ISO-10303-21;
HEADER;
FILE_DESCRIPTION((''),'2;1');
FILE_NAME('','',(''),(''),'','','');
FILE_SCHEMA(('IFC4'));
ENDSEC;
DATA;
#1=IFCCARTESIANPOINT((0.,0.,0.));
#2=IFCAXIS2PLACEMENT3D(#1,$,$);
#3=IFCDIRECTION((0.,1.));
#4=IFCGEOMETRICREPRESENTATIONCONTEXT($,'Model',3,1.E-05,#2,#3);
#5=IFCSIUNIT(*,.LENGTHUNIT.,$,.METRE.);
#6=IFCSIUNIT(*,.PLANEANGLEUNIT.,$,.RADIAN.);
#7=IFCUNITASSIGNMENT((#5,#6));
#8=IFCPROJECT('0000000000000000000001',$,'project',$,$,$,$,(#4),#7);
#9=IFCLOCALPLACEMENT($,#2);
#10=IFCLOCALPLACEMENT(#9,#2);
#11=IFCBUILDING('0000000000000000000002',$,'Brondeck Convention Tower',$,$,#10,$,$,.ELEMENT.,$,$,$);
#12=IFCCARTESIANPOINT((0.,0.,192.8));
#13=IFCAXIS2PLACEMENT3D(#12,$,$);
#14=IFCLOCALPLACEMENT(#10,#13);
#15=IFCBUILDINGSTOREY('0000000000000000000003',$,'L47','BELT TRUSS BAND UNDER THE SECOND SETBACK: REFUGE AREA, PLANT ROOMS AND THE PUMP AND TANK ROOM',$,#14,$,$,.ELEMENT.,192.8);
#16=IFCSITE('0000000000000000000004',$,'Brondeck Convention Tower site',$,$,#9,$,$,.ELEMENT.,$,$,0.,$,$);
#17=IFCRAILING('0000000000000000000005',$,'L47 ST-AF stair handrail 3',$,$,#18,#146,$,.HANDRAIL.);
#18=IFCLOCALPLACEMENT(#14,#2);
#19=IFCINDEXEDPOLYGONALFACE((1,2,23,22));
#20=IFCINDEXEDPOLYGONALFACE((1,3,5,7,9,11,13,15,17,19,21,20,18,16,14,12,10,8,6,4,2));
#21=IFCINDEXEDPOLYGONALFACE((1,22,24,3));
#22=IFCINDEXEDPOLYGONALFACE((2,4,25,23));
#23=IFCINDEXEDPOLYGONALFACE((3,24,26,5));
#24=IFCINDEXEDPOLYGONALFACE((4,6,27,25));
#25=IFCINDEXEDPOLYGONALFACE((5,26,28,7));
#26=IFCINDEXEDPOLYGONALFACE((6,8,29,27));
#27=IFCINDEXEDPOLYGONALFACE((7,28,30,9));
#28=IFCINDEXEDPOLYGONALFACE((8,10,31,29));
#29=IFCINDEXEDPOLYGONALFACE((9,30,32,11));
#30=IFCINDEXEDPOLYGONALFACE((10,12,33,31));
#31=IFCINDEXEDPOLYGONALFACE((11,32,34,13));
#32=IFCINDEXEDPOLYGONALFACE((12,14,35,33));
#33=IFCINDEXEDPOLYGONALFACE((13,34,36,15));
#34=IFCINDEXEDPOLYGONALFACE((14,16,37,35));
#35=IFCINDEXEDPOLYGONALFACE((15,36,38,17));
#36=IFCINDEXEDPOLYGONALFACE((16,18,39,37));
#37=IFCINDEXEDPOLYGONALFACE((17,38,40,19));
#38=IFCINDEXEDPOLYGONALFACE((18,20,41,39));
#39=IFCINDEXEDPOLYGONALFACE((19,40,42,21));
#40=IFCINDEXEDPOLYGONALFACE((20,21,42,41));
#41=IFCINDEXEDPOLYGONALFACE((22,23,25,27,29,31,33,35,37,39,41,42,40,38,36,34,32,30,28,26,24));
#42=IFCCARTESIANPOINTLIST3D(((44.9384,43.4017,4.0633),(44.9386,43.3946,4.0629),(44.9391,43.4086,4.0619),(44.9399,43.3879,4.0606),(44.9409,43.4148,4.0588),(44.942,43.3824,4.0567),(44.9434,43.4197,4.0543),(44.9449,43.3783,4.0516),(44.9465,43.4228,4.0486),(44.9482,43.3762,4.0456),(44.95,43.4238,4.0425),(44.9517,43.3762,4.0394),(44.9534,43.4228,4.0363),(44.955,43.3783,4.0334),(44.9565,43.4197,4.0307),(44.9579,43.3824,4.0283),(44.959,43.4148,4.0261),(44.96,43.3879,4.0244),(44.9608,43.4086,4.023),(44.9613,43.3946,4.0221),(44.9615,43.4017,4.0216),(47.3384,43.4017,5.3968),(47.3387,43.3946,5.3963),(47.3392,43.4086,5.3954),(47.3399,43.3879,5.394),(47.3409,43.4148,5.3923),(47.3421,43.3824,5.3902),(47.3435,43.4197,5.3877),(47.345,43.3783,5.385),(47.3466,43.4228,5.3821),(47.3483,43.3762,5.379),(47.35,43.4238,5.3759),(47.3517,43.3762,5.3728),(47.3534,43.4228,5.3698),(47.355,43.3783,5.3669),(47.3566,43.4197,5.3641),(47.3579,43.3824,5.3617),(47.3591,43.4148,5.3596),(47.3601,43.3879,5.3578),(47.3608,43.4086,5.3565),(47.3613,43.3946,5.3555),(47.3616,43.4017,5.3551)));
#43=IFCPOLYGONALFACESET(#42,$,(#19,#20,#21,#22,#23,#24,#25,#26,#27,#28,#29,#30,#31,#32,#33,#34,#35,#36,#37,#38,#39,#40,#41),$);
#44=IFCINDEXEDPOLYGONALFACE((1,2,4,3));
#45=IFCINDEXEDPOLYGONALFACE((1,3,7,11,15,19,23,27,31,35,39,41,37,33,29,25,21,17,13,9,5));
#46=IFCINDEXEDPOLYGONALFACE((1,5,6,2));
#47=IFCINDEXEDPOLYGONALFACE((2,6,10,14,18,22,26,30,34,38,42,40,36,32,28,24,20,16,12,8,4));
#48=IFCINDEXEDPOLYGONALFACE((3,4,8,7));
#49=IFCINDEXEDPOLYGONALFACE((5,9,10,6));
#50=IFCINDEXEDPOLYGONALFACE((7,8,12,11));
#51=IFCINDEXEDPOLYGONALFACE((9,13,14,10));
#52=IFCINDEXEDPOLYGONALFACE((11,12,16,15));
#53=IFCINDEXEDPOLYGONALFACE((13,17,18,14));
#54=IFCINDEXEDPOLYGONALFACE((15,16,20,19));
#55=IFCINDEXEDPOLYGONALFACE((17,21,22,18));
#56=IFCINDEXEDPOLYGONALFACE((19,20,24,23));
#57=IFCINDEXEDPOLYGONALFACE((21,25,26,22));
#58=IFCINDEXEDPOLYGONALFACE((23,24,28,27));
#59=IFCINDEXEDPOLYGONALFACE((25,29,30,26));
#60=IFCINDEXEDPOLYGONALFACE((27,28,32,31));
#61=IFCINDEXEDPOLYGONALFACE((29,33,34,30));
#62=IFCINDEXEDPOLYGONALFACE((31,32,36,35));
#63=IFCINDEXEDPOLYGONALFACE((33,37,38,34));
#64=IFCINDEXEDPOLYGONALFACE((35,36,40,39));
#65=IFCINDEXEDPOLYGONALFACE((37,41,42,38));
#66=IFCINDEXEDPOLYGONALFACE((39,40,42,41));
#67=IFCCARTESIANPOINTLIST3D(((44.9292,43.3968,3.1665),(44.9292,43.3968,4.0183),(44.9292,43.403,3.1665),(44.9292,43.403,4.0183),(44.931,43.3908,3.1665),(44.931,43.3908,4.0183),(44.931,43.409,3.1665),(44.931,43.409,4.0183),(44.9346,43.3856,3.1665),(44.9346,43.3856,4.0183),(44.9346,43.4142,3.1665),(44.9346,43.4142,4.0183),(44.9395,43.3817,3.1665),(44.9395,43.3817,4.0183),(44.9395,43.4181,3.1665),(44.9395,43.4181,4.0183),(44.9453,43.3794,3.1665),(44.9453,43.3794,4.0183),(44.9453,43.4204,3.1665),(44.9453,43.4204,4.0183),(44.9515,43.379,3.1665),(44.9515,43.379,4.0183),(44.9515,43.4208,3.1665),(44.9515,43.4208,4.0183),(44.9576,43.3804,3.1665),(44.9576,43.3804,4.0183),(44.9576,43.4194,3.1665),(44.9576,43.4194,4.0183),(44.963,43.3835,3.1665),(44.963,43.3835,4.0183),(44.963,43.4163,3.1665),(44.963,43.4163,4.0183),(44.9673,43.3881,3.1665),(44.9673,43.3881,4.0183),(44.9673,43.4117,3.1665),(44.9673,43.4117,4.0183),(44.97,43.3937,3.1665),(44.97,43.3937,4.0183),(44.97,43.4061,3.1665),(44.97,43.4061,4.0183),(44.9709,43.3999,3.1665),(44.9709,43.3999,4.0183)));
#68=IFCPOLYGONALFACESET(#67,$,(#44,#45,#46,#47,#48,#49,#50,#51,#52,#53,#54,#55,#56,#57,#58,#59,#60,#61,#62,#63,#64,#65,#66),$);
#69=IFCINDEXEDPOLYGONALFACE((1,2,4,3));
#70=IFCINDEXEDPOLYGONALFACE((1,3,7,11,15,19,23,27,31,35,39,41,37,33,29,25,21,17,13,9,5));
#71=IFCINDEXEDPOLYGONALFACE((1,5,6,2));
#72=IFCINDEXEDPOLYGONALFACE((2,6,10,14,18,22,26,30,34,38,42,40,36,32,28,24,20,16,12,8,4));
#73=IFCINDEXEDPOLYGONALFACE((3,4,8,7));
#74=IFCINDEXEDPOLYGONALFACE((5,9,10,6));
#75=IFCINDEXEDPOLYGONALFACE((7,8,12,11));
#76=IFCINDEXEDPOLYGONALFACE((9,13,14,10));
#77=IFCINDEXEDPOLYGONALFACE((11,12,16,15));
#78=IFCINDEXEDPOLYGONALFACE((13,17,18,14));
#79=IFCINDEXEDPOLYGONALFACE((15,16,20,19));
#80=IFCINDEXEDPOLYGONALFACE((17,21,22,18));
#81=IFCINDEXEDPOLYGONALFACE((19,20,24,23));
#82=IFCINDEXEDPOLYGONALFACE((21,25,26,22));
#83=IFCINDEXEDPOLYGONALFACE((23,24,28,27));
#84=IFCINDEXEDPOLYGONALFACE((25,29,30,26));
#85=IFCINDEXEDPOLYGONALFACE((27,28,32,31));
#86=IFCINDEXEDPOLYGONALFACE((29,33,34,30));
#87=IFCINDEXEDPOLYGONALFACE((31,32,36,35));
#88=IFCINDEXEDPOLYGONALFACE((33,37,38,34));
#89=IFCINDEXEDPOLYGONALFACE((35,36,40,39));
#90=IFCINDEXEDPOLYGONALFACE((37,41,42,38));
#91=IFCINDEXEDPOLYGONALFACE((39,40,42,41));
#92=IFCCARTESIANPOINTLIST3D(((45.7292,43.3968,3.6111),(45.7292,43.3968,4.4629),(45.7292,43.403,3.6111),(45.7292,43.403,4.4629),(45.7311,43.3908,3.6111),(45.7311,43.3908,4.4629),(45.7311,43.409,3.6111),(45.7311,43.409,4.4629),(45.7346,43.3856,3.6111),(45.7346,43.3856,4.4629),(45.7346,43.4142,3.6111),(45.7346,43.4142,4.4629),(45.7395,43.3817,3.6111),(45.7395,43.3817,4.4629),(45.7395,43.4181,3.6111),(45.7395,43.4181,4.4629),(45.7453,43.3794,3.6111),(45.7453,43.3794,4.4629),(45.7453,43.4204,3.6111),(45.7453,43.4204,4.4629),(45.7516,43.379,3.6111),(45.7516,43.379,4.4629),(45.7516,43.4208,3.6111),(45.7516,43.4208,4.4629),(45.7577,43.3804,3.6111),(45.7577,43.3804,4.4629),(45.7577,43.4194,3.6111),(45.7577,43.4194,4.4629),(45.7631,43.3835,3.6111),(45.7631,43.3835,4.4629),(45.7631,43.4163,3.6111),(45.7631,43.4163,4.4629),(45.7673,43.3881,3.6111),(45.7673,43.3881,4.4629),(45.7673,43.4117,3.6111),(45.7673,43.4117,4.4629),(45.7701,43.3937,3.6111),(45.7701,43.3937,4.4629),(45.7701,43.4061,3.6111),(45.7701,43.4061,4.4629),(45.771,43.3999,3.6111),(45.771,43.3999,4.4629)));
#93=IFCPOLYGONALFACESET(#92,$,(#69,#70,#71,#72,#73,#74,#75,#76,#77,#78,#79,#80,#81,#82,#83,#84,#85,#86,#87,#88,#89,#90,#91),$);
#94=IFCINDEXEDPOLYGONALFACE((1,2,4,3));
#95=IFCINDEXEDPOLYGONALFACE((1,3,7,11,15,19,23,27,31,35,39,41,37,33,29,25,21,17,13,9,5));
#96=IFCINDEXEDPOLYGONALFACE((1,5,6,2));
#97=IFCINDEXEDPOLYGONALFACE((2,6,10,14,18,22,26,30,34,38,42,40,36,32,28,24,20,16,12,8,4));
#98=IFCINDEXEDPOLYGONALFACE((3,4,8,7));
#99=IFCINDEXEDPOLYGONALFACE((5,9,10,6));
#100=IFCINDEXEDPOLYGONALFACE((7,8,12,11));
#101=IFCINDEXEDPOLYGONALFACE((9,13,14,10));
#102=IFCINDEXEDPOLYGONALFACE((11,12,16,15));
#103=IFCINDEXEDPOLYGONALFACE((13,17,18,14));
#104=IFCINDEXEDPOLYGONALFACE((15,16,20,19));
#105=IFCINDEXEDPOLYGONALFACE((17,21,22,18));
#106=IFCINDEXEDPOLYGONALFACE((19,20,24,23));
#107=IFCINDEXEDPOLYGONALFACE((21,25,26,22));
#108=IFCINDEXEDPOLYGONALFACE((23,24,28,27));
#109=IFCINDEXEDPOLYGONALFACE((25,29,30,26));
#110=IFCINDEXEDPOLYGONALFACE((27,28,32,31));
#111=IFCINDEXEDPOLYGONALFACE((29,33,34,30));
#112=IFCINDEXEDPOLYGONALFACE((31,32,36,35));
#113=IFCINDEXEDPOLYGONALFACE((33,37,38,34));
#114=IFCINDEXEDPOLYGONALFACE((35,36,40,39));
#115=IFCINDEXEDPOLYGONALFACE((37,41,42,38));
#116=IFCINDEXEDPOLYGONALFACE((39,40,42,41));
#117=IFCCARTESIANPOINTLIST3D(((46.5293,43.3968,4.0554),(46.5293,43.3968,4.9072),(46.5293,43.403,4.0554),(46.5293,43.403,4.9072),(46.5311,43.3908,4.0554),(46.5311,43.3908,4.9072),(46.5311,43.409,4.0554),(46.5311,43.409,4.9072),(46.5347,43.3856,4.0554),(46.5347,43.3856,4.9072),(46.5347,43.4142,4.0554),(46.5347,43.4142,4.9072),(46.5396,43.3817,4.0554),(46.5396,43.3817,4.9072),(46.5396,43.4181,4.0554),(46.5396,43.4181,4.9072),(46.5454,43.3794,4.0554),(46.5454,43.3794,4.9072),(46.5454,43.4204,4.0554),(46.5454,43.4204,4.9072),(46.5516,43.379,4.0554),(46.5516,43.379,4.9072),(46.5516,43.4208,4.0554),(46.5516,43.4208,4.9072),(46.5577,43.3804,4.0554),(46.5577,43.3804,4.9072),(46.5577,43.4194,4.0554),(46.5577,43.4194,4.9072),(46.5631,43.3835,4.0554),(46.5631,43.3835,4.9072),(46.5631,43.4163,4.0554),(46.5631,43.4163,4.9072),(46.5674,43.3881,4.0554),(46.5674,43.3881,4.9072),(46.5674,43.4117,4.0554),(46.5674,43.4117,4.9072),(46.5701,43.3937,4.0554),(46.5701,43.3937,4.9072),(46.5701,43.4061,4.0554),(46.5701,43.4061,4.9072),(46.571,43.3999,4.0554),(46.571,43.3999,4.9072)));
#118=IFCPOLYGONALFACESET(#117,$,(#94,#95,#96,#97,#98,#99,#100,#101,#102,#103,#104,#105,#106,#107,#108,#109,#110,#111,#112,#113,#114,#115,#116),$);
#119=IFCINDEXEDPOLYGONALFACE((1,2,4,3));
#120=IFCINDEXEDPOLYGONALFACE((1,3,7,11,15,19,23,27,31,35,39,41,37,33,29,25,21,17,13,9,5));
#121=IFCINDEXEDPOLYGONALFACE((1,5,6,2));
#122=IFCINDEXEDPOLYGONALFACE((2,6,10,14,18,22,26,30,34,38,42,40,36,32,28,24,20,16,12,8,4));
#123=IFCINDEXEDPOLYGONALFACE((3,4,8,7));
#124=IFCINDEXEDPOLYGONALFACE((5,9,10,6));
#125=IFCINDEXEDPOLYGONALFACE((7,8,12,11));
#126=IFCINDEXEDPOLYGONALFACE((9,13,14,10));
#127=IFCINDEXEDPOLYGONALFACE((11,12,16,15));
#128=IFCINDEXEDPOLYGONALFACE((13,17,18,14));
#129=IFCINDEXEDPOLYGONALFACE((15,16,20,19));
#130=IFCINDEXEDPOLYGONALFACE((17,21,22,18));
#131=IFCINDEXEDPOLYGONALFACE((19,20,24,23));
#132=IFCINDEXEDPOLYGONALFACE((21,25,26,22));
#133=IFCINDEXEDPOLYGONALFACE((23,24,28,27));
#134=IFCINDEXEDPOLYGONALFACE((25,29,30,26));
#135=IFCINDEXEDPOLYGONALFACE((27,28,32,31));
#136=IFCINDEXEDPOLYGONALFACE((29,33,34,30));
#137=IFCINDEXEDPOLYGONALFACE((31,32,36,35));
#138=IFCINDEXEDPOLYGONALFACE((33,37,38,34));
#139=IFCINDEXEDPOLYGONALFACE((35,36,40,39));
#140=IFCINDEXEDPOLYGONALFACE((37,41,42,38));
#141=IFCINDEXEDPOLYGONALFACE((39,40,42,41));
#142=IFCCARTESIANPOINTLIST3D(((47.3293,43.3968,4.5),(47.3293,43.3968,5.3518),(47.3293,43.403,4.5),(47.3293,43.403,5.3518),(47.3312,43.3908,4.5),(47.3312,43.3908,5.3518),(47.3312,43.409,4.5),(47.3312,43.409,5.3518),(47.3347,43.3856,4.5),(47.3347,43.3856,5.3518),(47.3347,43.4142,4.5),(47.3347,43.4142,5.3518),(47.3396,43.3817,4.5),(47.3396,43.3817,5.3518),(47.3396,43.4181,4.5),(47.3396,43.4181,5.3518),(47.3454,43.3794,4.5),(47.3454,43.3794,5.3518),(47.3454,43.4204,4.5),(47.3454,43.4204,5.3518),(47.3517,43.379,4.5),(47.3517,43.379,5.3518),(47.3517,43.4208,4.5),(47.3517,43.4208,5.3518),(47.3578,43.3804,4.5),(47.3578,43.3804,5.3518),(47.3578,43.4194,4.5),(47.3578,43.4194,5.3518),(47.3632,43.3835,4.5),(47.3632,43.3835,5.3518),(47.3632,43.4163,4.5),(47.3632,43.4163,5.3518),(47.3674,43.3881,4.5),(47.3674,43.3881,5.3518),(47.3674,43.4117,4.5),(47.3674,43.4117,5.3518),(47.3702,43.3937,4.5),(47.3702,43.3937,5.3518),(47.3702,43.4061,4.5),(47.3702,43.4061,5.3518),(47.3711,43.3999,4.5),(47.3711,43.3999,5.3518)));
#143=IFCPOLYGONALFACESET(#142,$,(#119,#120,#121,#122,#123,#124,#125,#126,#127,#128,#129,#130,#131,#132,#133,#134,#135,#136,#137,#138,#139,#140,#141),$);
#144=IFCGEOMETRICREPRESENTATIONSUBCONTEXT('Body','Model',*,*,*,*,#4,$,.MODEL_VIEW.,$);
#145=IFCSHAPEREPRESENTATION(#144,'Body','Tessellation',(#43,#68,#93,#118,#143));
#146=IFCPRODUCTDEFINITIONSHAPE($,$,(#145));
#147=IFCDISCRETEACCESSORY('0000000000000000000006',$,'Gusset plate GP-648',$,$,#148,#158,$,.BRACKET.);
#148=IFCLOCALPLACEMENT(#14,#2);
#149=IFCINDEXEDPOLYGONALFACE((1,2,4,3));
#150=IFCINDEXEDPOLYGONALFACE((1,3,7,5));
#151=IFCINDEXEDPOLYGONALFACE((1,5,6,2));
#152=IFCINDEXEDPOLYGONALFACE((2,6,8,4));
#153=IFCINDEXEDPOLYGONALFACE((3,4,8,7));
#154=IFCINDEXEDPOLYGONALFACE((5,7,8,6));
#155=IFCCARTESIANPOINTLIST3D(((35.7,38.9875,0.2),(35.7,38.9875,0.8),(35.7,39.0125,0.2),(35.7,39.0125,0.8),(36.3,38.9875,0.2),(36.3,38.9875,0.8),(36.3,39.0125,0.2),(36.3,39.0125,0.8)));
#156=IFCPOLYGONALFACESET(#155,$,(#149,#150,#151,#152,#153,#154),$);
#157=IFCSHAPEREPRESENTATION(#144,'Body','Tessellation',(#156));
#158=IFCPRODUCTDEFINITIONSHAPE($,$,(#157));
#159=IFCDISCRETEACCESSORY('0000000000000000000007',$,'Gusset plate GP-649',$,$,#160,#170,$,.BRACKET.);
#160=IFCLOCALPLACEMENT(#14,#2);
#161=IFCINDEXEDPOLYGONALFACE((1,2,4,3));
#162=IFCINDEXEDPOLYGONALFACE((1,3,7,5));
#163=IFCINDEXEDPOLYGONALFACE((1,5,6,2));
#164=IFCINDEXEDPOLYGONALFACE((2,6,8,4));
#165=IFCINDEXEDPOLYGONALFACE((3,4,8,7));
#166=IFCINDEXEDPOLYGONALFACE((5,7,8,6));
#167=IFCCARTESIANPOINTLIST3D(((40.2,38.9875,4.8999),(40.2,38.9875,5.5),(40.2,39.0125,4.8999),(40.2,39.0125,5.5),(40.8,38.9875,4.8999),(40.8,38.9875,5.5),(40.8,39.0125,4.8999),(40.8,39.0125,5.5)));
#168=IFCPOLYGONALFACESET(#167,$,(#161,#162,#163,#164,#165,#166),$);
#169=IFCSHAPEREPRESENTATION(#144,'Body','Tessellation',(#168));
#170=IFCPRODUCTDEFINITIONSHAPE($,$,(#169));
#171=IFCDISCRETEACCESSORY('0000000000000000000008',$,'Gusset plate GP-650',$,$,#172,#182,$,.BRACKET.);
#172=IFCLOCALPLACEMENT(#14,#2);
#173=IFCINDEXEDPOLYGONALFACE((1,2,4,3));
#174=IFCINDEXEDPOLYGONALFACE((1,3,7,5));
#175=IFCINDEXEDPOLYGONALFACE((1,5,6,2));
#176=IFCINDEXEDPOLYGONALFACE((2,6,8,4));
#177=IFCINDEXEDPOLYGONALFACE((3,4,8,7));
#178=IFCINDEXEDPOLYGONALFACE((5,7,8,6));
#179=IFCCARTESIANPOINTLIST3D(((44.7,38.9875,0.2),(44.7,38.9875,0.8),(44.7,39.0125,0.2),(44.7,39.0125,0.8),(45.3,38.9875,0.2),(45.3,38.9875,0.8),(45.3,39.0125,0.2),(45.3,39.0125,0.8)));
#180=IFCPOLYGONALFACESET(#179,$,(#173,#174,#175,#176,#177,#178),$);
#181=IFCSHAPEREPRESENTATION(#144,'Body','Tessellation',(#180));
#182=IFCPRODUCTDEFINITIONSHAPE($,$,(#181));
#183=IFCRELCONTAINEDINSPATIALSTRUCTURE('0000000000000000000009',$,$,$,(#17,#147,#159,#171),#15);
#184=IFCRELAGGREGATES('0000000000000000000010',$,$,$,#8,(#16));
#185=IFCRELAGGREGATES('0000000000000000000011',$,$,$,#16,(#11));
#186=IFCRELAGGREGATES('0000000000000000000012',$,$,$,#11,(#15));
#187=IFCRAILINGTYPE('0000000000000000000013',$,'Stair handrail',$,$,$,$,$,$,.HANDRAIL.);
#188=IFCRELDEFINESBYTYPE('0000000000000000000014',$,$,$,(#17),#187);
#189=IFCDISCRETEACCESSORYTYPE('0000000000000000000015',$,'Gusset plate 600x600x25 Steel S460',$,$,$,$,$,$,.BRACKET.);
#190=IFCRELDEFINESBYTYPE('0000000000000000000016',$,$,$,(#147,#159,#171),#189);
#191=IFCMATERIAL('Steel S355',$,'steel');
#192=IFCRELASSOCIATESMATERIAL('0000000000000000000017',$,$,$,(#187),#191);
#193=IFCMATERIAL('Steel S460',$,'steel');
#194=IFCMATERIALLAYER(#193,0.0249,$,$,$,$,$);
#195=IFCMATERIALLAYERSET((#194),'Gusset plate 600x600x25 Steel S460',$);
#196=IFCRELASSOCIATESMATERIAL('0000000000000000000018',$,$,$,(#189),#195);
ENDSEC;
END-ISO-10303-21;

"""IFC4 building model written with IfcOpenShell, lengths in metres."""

from ifc_helpers import new_model, si_unit, direction, frame, origin, origin_2d, place, context, subcontext, project, spatial, rectangle, circle, extrude, material, layer, layer_set, type_object, element, save


model = new_model("IFC4")

# Units and contexts
model_context = context("Model", 3, precision=1e-05, world=origin(), true_north=direction((0.0, 1.0)))
body_context = subcontext(model_context, "Body", "Model", "MODEL_VIEW")
ifc_project = project(units=[si_unit("LENGTHUNIT", "METRE"), si_unit("PLANEANGLEUNIT", "RADIAN")], contexts=[model_context])

# Site, building, storey
site_placement = place(None, origin())
site = spatial("IfcSite", under=ifc_project, at=site_placement, Name="Brondeck Convention Tower site", CompositionType="ELEMENT", RefElevation=0.0)
building_placement = place(site_placement, origin())
building = spatial("IfcBuilding", under=site, at=building_placement, Name="Brondeck Convention Tower", CompositionType="ELEMENT")
storey_placement = place(building_placement, frame((0.0, 0.0, 192.8)))
storey = spatial("IfcBuildingStorey", under=building, at=storey_placement, Name="L47", Description="BELT TRUSS BAND UNDER THE SECOND SETBACK: REFUGE AREA, PLANT ROOMS AND THE PUMP AND TANK ROOM", CompositionType="ELEMENT", Elevation=192.8)

# Shared definitions
ifc_material_1 = material(Name="Steel S355", Category="steel")

# Shared definitions
ifc_material_2 = material(Name="Steel S460", Category="steel")

# Railing
railing_type = type_object("IfcRailingType", Name="Stair handrail", PredefinedType="HANDRAIL", material=ifc_material_1)
for number, where, name in (
    (1, (44.95, 43.3999, 3.1665), "L47 ST-AF stair handrail 3"),
):
    element("IfcRailing", number, at=place(storey_placement, frame(where)), inside=storey, type_object=railing_type, Name=name, PredefinedType="HANDRAIL", context=body_context, shape_type="SweptSolid", body=[
        extrude(circle(Radius=0.0239, at=origin_2d()), frame((0.0, 0.0, 0.876), z_axis=(0.874145, 0.0, 0.485666), x_axis=(0.0, 1.0, 0.0)), (0.0, 0.0, 1.0), 2.7456),
        extrude(circle(Radius=0.021, at=origin_2d()), origin(), (0.0, 0.0, 1.0), 0.8518),
        extrude(circle(Radius=0.021, at=origin_2d()), frame((0.8, 0.0, 0.4446)), (0.0, 0.0, 1.0), 0.8518),
        extrude(circle(Radius=0.021, at=origin_2d()), frame((1.6001, 0.0, 0.8889)), (0.0, 0.0, 1.0), 0.8518),
        extrude(circle(Radius=0.021, at=origin_2d()), frame((2.4001, 0.0, 1.3335)), (0.0, 0.0, 1.0), 0.8518),
    ])

# Discrete accessories
ifc_layer_1 = layer(ifc_material_2, 0.0249)
ifc_layer_set_1 = layer_set([ifc_layer_1], Name="Gusset plate 600x600x25 Steel S460")
discrete_accessory_type = type_object("IfcDiscreteAccessoryType", Name="Gusset plate 600x600x25 Steel S460", PredefinedType="BRACKET", material=ifc_layer_set_1)
for number, where, z_axis, x_axis, name in (
    (2, (36.0, 39.0, 0.2), (0.0, 0.0, 1.0), (1.0, 0.0, 0.0), "Gusset plate GP-648"),
    (3, (40.5, 39.0, 4.8999), (0.0, 0.0, 1.0), (1.0, 0.0, 0.0), "Gusset plate GP-649"),
    (4, (45.0, 39.0, 0.2), (0.0, 0.0, 1.0), (1.0, 0.0, 0.0), "Gusset plate GP-650"),
):
    element("IfcDiscreteAccessory", number, at=place(storey_placement, frame(where, z_axis=z_axis, x_axis=x_axis)), inside=storey, type_object=discrete_accessory_type, Name=name, PredefinedType="BRACKET", context=body_context, shape_type="SweptSolid", body=[
        extrude(rectangle(XDim=0.6001, YDim=0.0249, at=origin_2d()), origin(), (0.0, 0.0, 1.0), 0.6001),
    ])

save(model, "model.ifc")
